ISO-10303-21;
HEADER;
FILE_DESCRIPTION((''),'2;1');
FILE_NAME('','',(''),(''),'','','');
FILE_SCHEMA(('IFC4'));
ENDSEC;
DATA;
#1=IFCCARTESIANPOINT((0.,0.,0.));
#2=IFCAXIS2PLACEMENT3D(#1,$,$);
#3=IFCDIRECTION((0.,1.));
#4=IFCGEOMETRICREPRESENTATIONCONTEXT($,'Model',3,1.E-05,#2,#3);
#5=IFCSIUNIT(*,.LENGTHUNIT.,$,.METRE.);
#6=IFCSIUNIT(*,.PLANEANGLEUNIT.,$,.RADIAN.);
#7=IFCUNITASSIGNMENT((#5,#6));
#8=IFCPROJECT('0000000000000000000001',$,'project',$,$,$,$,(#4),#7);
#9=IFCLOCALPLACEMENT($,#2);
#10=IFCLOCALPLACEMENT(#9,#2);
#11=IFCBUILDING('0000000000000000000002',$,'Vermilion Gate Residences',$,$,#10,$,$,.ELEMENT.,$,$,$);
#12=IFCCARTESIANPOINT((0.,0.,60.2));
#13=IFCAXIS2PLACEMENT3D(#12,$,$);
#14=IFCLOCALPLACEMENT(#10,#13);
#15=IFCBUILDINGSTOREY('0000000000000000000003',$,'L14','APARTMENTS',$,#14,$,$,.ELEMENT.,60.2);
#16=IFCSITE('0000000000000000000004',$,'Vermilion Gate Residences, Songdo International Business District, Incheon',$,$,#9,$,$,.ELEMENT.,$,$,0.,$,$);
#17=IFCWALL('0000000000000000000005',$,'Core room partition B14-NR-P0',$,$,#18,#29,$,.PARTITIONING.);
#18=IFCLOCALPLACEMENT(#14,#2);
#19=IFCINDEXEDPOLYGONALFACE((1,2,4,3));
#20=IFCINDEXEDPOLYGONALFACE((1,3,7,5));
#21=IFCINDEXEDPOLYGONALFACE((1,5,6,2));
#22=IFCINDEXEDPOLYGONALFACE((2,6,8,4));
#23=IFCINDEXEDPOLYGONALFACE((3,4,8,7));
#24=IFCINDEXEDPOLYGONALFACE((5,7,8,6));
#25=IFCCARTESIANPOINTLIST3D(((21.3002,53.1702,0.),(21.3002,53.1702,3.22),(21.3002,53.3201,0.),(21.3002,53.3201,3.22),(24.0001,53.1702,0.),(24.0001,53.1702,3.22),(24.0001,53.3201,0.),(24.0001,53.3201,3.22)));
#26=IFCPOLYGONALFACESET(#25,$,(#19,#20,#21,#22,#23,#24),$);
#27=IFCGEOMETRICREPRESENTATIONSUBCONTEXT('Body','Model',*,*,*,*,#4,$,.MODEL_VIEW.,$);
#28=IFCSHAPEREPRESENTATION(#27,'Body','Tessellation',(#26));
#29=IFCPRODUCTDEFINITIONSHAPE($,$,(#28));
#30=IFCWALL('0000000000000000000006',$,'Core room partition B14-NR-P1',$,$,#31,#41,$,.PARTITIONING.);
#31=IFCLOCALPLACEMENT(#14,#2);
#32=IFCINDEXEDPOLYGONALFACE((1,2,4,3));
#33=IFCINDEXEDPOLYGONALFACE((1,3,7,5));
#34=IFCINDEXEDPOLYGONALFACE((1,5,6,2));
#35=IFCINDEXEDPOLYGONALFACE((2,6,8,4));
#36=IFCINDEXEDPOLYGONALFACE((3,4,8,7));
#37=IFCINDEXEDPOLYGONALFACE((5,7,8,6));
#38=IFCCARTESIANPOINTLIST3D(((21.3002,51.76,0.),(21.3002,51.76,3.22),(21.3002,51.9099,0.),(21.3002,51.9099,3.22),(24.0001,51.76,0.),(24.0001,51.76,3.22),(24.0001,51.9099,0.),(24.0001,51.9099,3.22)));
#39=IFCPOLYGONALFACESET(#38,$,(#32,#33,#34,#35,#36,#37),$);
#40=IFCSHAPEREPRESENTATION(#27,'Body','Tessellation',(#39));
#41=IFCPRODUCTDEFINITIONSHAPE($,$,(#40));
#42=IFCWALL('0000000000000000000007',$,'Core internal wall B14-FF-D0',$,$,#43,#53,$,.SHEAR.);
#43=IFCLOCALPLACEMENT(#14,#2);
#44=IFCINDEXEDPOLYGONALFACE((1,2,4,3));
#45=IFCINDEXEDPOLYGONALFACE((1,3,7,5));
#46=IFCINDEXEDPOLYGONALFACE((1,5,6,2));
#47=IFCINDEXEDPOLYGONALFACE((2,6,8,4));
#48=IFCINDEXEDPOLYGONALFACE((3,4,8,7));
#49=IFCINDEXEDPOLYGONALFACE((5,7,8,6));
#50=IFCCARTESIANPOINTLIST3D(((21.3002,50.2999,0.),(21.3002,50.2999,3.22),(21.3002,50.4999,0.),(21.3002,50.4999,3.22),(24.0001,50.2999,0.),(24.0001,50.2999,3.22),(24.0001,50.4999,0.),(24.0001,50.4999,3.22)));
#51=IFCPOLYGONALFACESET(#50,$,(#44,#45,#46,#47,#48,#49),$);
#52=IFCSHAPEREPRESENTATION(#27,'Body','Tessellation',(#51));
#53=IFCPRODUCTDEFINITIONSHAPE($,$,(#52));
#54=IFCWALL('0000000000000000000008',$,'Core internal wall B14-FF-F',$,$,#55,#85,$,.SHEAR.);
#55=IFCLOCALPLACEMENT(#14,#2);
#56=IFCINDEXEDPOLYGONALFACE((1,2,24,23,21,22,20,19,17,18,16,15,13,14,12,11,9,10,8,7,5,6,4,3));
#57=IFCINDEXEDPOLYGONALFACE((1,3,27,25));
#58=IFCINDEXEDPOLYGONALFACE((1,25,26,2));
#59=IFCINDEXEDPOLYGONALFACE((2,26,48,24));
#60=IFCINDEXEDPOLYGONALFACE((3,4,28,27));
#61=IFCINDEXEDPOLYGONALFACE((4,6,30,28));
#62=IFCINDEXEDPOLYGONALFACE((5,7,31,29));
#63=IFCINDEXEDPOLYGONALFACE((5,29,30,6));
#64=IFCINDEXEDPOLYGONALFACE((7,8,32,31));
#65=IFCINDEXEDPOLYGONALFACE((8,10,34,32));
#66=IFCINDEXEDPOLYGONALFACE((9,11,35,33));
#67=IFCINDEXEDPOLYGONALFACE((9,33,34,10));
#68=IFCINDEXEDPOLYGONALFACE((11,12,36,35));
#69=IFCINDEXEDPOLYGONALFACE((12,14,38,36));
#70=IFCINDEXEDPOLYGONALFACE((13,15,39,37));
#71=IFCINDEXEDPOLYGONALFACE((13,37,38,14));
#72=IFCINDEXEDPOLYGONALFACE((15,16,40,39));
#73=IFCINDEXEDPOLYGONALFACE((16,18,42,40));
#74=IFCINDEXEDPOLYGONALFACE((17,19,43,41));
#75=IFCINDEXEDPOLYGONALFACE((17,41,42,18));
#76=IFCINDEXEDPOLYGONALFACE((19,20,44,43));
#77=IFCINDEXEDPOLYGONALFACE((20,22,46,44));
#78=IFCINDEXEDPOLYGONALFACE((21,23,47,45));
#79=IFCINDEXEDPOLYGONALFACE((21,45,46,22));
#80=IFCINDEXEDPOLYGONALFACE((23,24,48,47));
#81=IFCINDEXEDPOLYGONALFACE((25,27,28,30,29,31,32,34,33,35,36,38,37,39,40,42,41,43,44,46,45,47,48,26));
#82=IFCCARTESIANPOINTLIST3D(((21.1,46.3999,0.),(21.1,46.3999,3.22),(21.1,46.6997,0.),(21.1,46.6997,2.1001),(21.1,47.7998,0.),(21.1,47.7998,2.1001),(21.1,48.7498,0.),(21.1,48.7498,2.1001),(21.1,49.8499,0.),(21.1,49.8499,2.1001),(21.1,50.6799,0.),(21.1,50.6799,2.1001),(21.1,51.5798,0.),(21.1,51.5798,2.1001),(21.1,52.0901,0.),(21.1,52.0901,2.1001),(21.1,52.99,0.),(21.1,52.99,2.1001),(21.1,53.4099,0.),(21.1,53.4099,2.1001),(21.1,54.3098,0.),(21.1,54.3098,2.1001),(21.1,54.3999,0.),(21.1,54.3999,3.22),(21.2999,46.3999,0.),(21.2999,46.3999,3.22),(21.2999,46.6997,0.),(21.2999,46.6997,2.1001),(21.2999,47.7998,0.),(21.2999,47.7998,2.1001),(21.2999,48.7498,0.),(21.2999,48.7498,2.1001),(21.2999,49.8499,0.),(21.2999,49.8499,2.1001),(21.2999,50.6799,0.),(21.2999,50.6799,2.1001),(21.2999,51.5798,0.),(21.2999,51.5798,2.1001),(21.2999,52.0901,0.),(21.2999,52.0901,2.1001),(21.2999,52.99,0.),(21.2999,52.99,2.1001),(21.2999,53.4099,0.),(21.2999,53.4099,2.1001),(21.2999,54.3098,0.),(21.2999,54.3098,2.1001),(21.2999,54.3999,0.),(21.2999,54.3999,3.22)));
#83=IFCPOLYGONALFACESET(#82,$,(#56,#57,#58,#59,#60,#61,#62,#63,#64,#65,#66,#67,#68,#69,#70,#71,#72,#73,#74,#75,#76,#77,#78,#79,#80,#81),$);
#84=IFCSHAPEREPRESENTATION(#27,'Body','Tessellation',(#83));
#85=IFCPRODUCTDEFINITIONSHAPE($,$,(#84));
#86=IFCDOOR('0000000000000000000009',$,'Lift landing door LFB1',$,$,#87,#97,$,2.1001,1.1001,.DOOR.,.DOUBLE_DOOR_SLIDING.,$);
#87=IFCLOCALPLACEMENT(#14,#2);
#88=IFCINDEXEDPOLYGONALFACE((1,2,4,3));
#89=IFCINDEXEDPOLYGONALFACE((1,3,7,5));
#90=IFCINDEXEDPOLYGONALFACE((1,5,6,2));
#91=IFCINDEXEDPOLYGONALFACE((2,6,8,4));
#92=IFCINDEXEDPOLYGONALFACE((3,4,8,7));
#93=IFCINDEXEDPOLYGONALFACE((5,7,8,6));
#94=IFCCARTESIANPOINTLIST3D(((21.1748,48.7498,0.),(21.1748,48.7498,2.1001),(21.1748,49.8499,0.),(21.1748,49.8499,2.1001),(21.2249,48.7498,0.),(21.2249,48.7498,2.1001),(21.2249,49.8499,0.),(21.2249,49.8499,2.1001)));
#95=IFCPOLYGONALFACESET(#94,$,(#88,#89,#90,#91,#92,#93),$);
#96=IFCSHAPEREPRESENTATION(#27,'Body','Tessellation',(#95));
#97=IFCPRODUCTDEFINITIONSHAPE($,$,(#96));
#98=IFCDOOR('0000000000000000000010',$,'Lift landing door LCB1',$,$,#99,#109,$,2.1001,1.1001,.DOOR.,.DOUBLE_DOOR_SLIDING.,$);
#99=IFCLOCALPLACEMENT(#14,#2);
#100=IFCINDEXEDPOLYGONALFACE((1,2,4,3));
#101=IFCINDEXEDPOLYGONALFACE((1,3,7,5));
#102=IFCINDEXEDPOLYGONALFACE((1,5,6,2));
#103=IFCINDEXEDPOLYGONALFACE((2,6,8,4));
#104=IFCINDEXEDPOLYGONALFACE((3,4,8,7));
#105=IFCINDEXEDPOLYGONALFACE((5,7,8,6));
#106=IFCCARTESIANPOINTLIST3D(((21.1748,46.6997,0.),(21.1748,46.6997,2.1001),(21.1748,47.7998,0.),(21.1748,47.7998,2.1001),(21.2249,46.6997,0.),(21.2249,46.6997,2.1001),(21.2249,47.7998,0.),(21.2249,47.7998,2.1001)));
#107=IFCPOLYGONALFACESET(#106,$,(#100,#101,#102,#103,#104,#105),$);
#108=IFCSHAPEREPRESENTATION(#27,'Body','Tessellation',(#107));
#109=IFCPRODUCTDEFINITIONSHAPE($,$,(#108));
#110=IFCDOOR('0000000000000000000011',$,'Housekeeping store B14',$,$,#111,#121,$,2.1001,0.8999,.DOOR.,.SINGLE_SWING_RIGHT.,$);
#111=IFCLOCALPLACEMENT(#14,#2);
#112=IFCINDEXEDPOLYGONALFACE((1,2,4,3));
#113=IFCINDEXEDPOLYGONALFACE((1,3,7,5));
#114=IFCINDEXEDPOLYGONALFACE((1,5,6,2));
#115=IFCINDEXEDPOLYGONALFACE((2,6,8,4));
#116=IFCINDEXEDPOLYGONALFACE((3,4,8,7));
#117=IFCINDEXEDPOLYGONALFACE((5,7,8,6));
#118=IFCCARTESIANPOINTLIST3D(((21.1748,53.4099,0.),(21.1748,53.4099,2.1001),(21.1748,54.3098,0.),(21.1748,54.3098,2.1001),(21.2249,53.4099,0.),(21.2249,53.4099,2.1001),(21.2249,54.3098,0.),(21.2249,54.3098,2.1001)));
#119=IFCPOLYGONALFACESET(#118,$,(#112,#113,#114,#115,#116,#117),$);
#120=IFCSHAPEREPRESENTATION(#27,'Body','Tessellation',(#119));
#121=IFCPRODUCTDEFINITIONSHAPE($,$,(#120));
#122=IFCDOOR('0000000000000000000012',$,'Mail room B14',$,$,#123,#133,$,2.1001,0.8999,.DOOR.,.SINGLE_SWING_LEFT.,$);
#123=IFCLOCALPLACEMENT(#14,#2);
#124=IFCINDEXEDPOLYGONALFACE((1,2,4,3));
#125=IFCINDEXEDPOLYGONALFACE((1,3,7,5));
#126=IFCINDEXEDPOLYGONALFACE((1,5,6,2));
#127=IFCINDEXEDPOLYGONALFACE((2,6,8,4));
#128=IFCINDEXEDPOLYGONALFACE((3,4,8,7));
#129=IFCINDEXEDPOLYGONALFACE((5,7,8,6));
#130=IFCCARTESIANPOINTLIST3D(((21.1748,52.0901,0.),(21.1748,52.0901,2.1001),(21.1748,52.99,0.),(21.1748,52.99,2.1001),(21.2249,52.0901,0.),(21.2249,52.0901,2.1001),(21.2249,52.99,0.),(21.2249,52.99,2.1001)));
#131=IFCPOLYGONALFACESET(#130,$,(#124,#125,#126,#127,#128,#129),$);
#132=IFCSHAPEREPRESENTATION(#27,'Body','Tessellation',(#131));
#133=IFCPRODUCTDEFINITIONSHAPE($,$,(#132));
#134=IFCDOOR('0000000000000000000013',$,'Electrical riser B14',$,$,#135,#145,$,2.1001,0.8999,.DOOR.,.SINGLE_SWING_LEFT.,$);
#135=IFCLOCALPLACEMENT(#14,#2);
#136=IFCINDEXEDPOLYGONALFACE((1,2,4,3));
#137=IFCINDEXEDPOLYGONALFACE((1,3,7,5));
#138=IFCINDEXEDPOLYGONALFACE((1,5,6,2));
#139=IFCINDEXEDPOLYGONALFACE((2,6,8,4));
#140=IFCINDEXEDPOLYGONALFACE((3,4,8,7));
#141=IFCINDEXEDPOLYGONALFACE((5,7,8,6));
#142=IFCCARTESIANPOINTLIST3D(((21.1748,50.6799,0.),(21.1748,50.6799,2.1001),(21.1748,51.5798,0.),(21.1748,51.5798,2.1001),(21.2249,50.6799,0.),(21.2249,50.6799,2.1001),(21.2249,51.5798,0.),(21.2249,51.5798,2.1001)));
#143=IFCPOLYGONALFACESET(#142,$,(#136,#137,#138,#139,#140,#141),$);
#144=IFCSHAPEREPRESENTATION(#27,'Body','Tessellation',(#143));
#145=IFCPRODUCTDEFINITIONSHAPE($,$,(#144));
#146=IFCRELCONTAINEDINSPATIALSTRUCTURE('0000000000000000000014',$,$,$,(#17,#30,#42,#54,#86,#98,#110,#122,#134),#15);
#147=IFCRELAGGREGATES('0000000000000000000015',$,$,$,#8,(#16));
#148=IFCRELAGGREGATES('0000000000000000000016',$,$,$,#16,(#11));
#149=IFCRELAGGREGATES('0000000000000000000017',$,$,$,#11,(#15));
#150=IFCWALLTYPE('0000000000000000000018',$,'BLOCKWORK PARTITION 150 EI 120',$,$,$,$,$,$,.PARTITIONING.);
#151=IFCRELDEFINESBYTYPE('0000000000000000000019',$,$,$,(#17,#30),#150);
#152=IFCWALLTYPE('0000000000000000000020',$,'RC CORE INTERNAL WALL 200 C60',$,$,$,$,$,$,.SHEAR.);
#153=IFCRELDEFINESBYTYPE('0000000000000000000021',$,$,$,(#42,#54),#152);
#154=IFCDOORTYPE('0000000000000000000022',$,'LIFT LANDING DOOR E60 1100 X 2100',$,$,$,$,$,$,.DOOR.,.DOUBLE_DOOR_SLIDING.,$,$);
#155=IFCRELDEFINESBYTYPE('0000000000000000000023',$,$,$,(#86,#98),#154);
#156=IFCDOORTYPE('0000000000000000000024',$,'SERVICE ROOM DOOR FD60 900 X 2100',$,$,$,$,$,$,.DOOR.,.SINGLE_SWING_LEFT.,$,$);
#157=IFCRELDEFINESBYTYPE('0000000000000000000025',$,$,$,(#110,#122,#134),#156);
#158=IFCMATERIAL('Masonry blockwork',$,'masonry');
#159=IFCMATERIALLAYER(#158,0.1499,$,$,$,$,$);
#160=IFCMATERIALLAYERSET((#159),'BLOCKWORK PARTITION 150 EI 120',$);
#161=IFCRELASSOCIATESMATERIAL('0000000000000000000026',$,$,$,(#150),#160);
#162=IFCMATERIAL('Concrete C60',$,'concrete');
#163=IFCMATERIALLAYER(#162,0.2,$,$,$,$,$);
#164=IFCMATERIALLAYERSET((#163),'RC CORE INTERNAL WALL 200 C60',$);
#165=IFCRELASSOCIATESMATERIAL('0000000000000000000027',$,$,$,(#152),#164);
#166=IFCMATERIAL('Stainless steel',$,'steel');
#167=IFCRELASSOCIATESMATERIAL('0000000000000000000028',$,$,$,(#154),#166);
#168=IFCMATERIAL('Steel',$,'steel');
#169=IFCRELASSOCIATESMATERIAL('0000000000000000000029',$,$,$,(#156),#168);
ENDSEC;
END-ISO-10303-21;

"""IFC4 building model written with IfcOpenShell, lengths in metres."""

from ifc_helpers import new_model, si_unit, direction, frame, frame_2d, origin, place, context, subcontext, project, spatial, rectangle, extrude, material, layer, layer_set, type_object, element, fill, save


model = new_model("IFC4")

# Units and contexts
model_context = context("Model", 3, precision=1e-05, world=origin(), true_north=direction((0.0, 1.0)))
body_context = subcontext(model_context, "Body", "Model", "MODEL_VIEW")
ifc_project = project(units=[si_unit("LENGTHUNIT", "METRE"), si_unit("PLANEANGLEUNIT", "RADIAN")], contexts=[model_context])

# Site, building, storey
site_placement = place(None, origin())
site = spatial("IfcSite", under=ifc_project, at=site_placement, Name="Vermilion Gate Residences, Songdo International Business District, Incheon", CompositionType="ELEMENT", RefElevation=0.0)
building_placement = place(site_placement, origin())
building = spatial("IfcBuilding", under=site, at=building_placement, Name="Vermilion Gate Residences", CompositionType="ELEMENT")
storey_placement = place(building_placement, frame((0.0, 0.0, 60.2)))
storey = spatial("IfcBuildingStorey", under=building, at=storey_placement, Name="L14", Description="APARTMENTS", CompositionType="ELEMENT", Elevation=60.2)

# Walls
ifc_material_1 = material(Name="Masonry blockwork", Category="masonry")
ifc_layer_1 = layer(ifc_material_1, 0.1499)
ifc_layer_set_1 = layer_set([ifc_layer_1], Name="BLOCKWORK PARTITION 150 EI 120")
wall_type_1 = type_object("IfcWallType", Name="BLOCKWORK PARTITION 150 EI 120", PredefinedType="PARTITIONING", material=ifc_layer_set_1)
for number, where, z_axis, x_axis, name in (
    (1, (21.3, 53.2451, 0.0), (0.0, 0.0, 1.0), (1.0, 0.0, 0.0), "Core room partition B14-NR-P0"),
    (2, (21.3, 51.835, 0.0), (0.0, 0.0, 1.0), (1.0, 0.0, 0.0), "Core room partition B14-NR-P1"),
):
    element("IfcWall", number, at=place(storey_placement, frame(where, z_axis=z_axis, x_axis=x_axis)), inside=storey, type_object=wall_type_1, Name=name, PredefinedType="PARTITIONING", context=body_context, shape_type="SweptSolid", body=[
        extrude(rectangle(XDim=2.7, YDim=0.1499, at=frame_2d((1.3501, 0.0))), origin(), (0.0, 0.0, 1.0), 3.22),
    ])
ifc_material_2 = material(Name="Concrete C60", Category="concrete")
ifc_layer_2 = layer(ifc_material_2, 0.2)
ifc_layer_set_2 = layer_set([ifc_layer_2], Name="RC CORE INTERNAL WALL 200 C60")
wall_type_2 = type_object("IfcWallType", Name="RC CORE INTERNAL WALL 200 C60", PredefinedType="SHEAR", material=ifc_layer_set_2)
wall_1_placement = place(storey_placement, frame((21.3, 50.3999, 0.0), z_axis=(0.0, 0.0, 1.0), x_axis=(1.0, 0.0, 0.0)))
element("IfcWall", 3, at=wall_1_placement, inside=storey, type_object=wall_type_2, Name="Core internal wall B14-FF-D0", PredefinedType="SHEAR", context=body_context, shape_type="SweptSolid", body=[
    extrude(rectangle(XDim=2.7, YDim=0.2, at=frame_2d((1.3501, 0.0))), origin(), (0.0, 0.0, 1.0), 3.22),
])

# Wall, openings, doors
wall_2_placement = place(storey_placement, frame((21.2, 54.3999, 0.0), z_axis=(0.0, 0.0, 1.0), x_axis=(0.0, -1.0, 0.0)))
wall_2 = element("IfcWall", 4, at=wall_2_placement, inside=storey, type_object=wall_type_2, Name="Core internal wall B14-FF-F", PredefinedType="SHEAR", context=body_context, shape_type="SweptSolid", body=[
    extrude(rectangle(XDim=8.0, YDim=0.2, at=frame_2d((4.0, 0.0))), origin(), (0.0, 0.0, 1.0), 3.22),
])
opening_1_placement = place(wall_2_placement, frame((0.0901, 0.0, 0.0)))
opening_1 = element("IfcOpeningElement", 5, at=opening_1_placement, cuts=wall_2, PredefinedType="OPENING", context=body_context, shape_type="SweptSolid", body=[
    extrude(rectangle(XDim=0.8999, YDim=2.1001, at=frame_2d((0.45, 1.05))), frame((0.0, 0.1099, 0.0), z_axis=(0.0, -1.0, 0.0), x_axis=(1.0, 0.0, 0.0)), (0.0, 0.0, 1.0), 0.22),
])
opening_2_placement = place(wall_2_placement, frame((1.4099, 0.0, 0.0)))
opening_2 = element("IfcOpeningElement", 6, at=opening_2_placement, cuts=wall_2, PredefinedType="OPENING", context=body_context, shape_type="SweptSolid", body=[
    extrude(rectangle(XDim=0.8999, YDim=2.1001, at=frame_2d((0.45, 1.05))), frame((0.0, 0.1099, 0.0), z_axis=(0.0, -1.0, 0.0), x_axis=(1.0, 0.0, 0.0)), (0.0, 0.0, 1.0), 0.22),
])
opening_3_placement = place(wall_2_placement, frame((2.8201, 0.0, 0.0)))
opening_3 = element("IfcOpeningElement", 7, at=opening_3_placement, cuts=wall_2, PredefinedType="OPENING", context=body_context, shape_type="SweptSolid", body=[
    extrude(rectangle(XDim=0.8999, YDim=2.1001, at=frame_2d((0.45, 1.05))), frame((0.0, 0.1099, 0.0), z_axis=(0.0, -1.0, 0.0), x_axis=(1.0, 0.0, 0.0)), (0.0, 0.0, 1.0), 0.22),
])
opening_4_placement = place(wall_2_placement, frame((4.55, 0.0, 0.0)))
opening_4 = element("IfcOpeningElement", 8, at=opening_4_placement, cuts=wall_2, PredefinedType="OPENING", context=body_context, shape_type="SweptSolid", body=[
    extrude(rectangle(XDim=1.1001, YDim=2.1001, at=frame_2d((0.55, 1.05))), frame((0.0, 0.1099, 0.0), z_axis=(0.0, -1.0, 0.0), x_axis=(1.0, 0.0, 0.0)), (0.0, 0.0, 1.0), 0.22),
])
opening_5_placement = place(wall_2_placement, frame((6.6001, 0.0, 0.0)))
opening_5 = element("IfcOpeningElement", 9, at=opening_5_placement, cuts=wall_2, PredefinedType="OPENING", context=body_context, shape_type="SweptSolid", body=[
    extrude(rectangle(XDim=1.1001, YDim=2.1001, at=frame_2d((0.55, 1.05))), frame((0.0, 0.1099, 0.0), z_axis=(0.0, -1.0, 0.0), x_axis=(1.0, 0.0, 0.0)), (0.0, 0.0, 1.0), 0.22),
])
ifc_material_3 = material(Name="Stainless steel", Category="steel")
door_type_1 = type_object("IfcDoorType", Name="LIFT LANDING DOOR E60 1100 X 2100", OperationType="DOUBLE_DOOR_SLIDING", PredefinedType="DOOR", material=ifc_material_3)
door_1_placement = place(opening_4_placement, origin())
door_1 = element("IfcDoor", 10, at=door_1_placement, inside=storey, type_object=door_type_1, Name="Lift landing door LFB1", OperationType="DOUBLE_DOOR_SLIDING", OverallHeight=2.1001, OverallWidth=1.1001, PredefinedType="DOOR", context=body_context, shape_type="SweptSolid", body=[
    extrude(rectangle(XDim=1.1001, YDim=2.1001, at=frame_2d((0.55, 1.05))), frame((0.0, 0.0249, 0.0), z_axis=(0.0, -1.0, 0.0), x_axis=(1.0, 0.0, 0.0)), (0.0, 0.0, 1.0), 0.05),
])
fill(opening_4, door_1)
door_2_placement = place(opening_5_placement, origin())
door_2 = element("IfcDoor", 11, at=door_2_placement, inside=storey, type_object=door_type_1, Name="Lift landing door LCB1", OperationType="DOUBLE_DOOR_SLIDING", OverallHeight=2.1001, OverallWidth=1.1001, PredefinedType="DOOR", context=body_context, shape_type="SweptSolid", body=[
    extrude(rectangle(XDim=1.1001, YDim=2.1001, at=frame_2d((0.55, 1.05))), frame((0.0, 0.0249, 0.0), z_axis=(0.0, -1.0, 0.0), x_axis=(1.0, 0.0, 0.0)), (0.0, 0.0, 1.0), 0.05),
])
fill(opening_5, door_2)
ifc_material_4 = material(Name="Steel", Category="steel")
door_type_2 = type_object("IfcDoorType", Name="SERVICE ROOM DOOR FD60 900 X 2100", OperationType="SINGLE_SWING_LEFT", PredefinedType="DOOR", material=ifc_material_4)
door_3_placement = place(opening_1_placement, origin())
door_3 = element("IfcDoor", 12, at=door_3_placement, inside=storey, type_object=door_type_2, Name="Housekeeping store B14", OperationType="SINGLE_SWING_RIGHT", OverallHeight=2.1001, OverallWidth=0.8999, PredefinedType="DOOR", context=body_context, shape_type="SweptSolid", body=[
    extrude(rectangle(XDim=0.8999, YDim=2.1001, at=frame_2d((0.45, 1.05))), frame((0.0, 0.0249, 0.0), z_axis=(0.0, -1.0, 0.0), x_axis=(1.0, 0.0, 0.0)), (0.0, 0.0, 1.0), 0.05),
])
fill(opening_1, door_3)
door_4_placement = place(opening_2_placement, origin())
door_4 = element("IfcDoor", 13, at=door_4_placement, inside=storey, type_object=door_type_2, Name="Mail room B14", OperationType="SINGLE_SWING_LEFT", OverallHeight=2.1001, OverallWidth=0.8999, PredefinedType="DOOR", context=body_context, shape_type="SweptSolid", body=[
    extrude(rectangle(XDim=0.8999, YDim=2.1001, at=frame_2d((0.45, 1.05))), frame((0.0, 0.0249, 0.0), z_axis=(0.0, -1.0, 0.0), x_axis=(1.0, 0.0, 0.0)), (0.0, 0.0, 1.0), 0.05),
])
fill(opening_2, door_4)
door_5_placement = place(opening_3_placement, origin())
door_5 = element("IfcDoor", 14, at=door_5_placement, inside=storey, type_object=door_type_2, Name="Electrical riser B14", OperationType="SINGLE_SWING_LEFT", OverallHeight=2.1001, OverallWidth=0.8999, PredefinedType="DOOR", context=body_context, shape_type="SweptSolid", body=[
    extrude(rectangle(XDim=0.8999, YDim=2.1001, at=frame_2d((0.45, 1.05))), frame((0.0, 0.0249, 0.0), z_axis=(0.0, -1.0, 0.0), x_axis=(1.0, 0.0, 0.0)), (0.0, 0.0, 1.0), 0.05),
])
fill(opening_3, door_5)

save(model, "model.ifc")
